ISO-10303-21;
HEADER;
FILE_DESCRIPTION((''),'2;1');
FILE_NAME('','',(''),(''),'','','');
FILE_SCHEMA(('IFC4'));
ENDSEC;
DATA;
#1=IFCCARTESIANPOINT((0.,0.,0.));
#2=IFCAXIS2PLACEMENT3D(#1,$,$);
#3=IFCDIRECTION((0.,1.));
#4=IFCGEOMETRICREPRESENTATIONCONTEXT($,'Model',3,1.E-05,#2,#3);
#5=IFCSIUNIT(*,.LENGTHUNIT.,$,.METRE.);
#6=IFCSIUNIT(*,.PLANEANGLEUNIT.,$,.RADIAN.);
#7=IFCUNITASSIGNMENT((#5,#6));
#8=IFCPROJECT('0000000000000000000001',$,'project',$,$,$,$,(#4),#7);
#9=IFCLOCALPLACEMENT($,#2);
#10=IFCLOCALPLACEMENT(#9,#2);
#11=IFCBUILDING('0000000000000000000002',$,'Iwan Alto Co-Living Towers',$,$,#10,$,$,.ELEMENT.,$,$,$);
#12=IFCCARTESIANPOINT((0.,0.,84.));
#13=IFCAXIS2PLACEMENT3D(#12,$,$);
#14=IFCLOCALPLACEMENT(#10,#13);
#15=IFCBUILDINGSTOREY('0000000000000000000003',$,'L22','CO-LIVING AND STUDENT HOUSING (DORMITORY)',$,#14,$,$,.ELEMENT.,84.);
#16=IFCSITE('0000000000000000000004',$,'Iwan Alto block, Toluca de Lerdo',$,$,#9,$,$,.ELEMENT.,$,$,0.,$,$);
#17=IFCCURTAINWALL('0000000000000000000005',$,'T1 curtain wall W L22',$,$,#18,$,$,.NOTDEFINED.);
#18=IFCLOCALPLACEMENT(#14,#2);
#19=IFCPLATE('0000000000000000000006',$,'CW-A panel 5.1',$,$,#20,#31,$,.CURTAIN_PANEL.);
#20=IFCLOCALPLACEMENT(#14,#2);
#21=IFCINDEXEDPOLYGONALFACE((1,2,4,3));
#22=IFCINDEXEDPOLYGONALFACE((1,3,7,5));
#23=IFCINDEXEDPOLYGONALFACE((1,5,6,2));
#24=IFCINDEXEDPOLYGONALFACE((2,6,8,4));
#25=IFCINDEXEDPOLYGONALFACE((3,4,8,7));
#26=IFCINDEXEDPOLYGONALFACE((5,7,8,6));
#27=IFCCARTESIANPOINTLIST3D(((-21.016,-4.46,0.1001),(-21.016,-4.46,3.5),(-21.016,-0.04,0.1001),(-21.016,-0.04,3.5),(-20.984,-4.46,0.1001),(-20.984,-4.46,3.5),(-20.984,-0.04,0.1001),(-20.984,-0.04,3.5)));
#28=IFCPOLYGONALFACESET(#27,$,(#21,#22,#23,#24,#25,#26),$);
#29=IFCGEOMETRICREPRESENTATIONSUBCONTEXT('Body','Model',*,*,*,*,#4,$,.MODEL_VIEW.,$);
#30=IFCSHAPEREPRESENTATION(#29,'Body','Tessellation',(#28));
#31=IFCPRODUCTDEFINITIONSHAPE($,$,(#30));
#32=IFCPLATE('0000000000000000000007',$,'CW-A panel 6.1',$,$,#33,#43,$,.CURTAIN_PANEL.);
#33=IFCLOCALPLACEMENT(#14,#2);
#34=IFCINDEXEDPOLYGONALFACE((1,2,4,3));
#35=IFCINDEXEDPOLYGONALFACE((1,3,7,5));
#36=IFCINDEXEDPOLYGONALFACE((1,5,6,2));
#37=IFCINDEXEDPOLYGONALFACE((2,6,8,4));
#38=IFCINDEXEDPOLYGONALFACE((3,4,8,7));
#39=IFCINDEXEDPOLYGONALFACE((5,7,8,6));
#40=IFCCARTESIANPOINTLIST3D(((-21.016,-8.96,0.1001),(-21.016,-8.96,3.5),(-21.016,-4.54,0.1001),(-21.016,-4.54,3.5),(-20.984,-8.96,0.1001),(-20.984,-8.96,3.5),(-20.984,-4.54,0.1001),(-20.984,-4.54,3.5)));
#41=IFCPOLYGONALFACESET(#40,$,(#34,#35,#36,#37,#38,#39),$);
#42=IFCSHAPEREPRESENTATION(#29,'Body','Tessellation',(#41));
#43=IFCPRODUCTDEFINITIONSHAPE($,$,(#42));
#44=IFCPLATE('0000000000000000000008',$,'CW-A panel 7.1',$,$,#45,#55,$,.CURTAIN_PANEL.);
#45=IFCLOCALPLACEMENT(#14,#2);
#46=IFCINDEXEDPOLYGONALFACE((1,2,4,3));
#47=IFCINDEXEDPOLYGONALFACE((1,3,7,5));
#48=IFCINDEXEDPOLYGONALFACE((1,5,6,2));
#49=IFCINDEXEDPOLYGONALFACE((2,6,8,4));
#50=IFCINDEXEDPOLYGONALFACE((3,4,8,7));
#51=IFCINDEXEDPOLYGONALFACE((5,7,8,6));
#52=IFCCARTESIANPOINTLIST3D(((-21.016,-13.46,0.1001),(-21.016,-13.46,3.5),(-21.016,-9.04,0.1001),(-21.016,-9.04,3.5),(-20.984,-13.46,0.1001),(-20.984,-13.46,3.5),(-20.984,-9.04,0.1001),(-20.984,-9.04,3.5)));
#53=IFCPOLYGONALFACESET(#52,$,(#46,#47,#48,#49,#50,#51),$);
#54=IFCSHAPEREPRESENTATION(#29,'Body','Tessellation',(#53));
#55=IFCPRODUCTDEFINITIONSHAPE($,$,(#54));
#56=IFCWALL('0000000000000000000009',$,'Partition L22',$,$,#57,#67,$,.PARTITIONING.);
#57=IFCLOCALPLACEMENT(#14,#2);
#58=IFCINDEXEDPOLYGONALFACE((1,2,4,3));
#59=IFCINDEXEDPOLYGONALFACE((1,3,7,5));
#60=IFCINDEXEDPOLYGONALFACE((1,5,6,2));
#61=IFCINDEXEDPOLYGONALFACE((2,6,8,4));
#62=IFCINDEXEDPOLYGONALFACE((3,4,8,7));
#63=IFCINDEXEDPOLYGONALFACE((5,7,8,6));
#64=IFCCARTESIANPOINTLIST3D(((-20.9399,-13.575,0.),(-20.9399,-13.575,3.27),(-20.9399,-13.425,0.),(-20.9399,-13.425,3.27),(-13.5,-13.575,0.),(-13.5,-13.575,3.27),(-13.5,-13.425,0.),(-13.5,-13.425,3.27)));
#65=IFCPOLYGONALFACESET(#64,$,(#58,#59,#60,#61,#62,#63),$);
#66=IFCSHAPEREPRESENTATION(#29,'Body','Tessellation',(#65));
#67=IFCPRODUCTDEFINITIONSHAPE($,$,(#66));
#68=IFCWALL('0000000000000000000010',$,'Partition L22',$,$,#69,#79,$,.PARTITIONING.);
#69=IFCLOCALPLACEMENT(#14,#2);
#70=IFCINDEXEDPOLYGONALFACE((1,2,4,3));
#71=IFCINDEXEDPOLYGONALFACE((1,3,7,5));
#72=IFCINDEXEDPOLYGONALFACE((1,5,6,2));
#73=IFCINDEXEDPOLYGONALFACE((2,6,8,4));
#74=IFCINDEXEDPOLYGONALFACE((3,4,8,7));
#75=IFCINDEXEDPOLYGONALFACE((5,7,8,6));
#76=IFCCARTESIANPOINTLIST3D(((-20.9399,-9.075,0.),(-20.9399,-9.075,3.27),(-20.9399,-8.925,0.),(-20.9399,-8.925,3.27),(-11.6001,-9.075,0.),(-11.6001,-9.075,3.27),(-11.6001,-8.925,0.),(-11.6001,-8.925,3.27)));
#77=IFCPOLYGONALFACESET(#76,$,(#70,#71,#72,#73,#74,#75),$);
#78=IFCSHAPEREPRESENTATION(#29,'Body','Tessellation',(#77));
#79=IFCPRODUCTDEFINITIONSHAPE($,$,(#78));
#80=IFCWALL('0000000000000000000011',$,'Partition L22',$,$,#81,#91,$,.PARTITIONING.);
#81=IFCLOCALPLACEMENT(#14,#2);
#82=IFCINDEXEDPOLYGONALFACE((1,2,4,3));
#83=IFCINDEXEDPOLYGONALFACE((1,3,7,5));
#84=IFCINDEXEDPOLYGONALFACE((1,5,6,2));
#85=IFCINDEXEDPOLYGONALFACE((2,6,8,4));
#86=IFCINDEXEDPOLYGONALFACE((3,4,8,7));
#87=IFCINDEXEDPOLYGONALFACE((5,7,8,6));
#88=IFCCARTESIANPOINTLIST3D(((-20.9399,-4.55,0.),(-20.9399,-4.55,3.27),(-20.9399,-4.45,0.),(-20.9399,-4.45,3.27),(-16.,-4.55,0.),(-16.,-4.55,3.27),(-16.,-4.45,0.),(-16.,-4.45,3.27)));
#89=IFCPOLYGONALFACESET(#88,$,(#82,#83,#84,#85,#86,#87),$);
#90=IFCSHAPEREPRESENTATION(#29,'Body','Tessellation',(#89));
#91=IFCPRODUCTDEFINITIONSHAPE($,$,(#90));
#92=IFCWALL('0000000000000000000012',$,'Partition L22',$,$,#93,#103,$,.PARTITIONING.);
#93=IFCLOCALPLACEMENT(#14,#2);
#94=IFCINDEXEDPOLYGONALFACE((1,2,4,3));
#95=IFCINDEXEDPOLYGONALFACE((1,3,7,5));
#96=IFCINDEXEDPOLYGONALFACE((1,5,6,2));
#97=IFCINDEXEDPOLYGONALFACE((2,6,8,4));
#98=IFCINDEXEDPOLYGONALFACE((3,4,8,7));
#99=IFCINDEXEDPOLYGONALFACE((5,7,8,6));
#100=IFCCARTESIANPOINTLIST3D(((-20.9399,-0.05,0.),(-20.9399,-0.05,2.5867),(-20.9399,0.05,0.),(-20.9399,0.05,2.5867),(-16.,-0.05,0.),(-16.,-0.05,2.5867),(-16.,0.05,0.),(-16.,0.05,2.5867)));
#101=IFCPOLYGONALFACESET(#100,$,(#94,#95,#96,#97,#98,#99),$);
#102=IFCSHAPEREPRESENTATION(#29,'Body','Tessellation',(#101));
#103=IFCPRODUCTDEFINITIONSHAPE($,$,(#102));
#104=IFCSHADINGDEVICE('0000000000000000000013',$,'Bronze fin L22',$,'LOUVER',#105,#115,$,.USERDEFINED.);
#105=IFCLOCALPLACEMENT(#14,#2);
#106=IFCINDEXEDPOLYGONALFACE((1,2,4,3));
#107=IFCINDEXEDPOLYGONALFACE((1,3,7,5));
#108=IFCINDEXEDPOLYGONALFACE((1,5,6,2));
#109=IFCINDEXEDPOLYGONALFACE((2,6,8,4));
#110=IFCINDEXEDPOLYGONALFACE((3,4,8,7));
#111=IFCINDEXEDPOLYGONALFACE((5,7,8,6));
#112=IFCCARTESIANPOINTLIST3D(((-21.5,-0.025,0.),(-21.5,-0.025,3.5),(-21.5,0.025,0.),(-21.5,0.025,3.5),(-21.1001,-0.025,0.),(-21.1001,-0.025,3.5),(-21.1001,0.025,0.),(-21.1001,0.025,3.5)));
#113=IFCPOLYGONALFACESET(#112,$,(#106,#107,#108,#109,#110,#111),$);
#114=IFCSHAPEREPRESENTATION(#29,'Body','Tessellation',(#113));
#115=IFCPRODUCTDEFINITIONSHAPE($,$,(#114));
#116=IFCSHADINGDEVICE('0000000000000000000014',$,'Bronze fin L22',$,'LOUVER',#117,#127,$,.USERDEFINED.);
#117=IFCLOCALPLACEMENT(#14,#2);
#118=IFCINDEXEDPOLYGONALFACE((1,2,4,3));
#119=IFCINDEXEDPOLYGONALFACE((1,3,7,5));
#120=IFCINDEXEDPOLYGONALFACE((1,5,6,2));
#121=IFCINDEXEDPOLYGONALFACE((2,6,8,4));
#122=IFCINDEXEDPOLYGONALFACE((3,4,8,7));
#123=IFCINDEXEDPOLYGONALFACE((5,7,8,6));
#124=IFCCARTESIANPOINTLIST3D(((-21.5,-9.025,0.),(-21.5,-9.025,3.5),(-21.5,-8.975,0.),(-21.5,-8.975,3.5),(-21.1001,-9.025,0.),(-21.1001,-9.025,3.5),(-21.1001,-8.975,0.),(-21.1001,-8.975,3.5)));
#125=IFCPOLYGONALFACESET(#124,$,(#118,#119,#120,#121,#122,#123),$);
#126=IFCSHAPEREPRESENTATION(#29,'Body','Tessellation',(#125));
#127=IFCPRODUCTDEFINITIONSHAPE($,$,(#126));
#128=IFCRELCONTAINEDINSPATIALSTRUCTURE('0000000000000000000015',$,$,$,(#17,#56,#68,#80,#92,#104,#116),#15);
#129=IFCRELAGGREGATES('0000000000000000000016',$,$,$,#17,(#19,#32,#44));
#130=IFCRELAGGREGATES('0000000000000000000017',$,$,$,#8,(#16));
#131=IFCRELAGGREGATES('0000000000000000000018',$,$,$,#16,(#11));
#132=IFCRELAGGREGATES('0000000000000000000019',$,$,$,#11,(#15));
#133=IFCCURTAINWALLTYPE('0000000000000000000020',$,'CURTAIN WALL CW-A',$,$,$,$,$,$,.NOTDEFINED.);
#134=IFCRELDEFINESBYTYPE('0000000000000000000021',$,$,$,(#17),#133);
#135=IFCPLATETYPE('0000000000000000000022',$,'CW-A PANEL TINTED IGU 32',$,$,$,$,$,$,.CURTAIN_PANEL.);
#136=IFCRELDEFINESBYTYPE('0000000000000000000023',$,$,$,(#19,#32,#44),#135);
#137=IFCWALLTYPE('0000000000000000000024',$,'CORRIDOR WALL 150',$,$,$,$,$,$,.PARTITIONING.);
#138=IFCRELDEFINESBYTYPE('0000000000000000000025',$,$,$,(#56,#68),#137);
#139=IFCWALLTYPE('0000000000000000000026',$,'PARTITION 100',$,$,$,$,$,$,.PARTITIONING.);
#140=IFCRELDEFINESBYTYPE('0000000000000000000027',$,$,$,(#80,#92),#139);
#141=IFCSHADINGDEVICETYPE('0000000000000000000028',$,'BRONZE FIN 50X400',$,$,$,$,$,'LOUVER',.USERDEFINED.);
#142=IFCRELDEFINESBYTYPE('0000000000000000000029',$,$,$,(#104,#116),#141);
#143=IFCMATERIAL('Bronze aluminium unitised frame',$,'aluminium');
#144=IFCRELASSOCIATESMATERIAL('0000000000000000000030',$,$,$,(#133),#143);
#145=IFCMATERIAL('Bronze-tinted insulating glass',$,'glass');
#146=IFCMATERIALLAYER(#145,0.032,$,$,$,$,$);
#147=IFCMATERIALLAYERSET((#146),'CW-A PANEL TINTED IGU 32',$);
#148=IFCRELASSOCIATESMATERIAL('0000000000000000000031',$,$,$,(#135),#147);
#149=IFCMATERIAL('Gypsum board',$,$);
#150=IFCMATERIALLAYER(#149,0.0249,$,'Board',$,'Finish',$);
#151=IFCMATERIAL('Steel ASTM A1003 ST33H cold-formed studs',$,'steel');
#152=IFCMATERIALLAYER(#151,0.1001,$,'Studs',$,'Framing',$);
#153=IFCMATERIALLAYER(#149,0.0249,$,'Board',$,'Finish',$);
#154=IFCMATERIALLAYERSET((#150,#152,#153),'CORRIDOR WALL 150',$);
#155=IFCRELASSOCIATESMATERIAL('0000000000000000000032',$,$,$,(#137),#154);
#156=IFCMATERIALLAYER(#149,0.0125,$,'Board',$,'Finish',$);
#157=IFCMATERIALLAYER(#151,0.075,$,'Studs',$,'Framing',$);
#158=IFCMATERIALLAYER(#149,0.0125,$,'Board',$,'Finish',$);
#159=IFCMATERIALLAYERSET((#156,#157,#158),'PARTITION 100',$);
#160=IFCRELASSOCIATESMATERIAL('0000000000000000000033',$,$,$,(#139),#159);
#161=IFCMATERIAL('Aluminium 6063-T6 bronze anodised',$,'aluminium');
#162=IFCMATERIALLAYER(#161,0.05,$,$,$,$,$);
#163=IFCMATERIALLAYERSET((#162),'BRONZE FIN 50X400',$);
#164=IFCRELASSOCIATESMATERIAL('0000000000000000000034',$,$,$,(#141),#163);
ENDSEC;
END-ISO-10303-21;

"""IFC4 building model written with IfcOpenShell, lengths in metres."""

from ifc_helpers import new_model, si_unit, direction, frame, frame_2d, origin, origin_2d, place, context, subcontext, project, spatial, rectangle, extrude, material, layer, layer_set, type_object, element, aggregate, save


model = new_model("IFC4")

# Units and contexts
model_context = context("Model", 3, precision=1e-05, world=origin(), true_north=direction((0.0, 1.0)))
body_context = subcontext(model_context, "Body", "Model", "MODEL_VIEW")
ifc_project = project(units=[si_unit("LENGTHUNIT", "METRE"), si_unit("PLANEANGLEUNIT", "RADIAN")], contexts=[model_context])

# Site, building, storey
site_placement = place(None, origin())
site = spatial("IfcSite", under=ifc_project, at=site_placement, Name="Iwan Alto block, Toluca de Lerdo", CompositionType="ELEMENT", RefElevation=0.0)
building_placement = place(site_placement, origin())
building = spatial("IfcBuilding", under=site, at=building_placement, Name="Iwan Alto Co-Living Towers", CompositionType="ELEMENT")
storey_placement = place(building_placement, frame((0.0, 0.0, 84.0)))
storey = spatial("IfcBuildingStorey", under=building, at=storey_placement, Name="L22", Description="CO-LIVING AND STUDENT HOUSING (DORMITORY)", CompositionType="ELEMENT", Elevation=84.0)

# Curtain wall
ifc_material_1 = material(Name="Bronze aluminium unitised frame", Category="aluminium")
curtain_wall_type = type_object("IfcCurtainWallType", Name="CURTAIN WALL CW-A", PredefinedType="NOTDEFINED", material=ifc_material_1)
curtain_wall_placement = place(storey_placement, origin())
curtain_wall = element("IfcCurtainWall", 1, at=curtain_wall_placement, inside=storey, type_object=curtain_wall_type, Name="T1 curtain wall W L22", PredefinedType="NOTDEFINED")

# Plates
ifc_material_2 = material(Name="Bronze-tinted insulating glass", Category="glass")
ifc_layer_1 = layer(ifc_material_2, 0.032)
ifc_layer_set_1 = layer_set([ifc_layer_1], Name="CW-A PANEL TINTED IGU 32")
plate_type = type_object("IfcPlateType", Name="CW-A PANEL TINTED IGU 32", PredefinedType="CURTAIN_PANEL", material=ifc_layer_set_1)
plate_1_placement = place(storey_placement, frame((-21.0, -2.25, 0.1001), z_axis=(0.0, 0.0, 1.0), x_axis=(0.0, -1.0, 0.0)))
plate_1 = element("IfcPlate", 2, at=plate_1_placement, type_object=plate_type, Name="CW-A panel 5.1", PredefinedType="CURTAIN_PANEL", context=body_context, shape_type="SweptSolid", body=[
    extrude(rectangle(XDim=4.4199, YDim=0.032, at=origin_2d()), origin(), (0.0, 0.0, 1.0), 3.3999),
])
plate_2_placement = place(storey_placement, frame((-21.0, -6.75, 0.1001), z_axis=(0.0, 0.0, 1.0), x_axis=(0.0, -1.0, 0.0)))
plate_2 = element("IfcPlate", 3, at=plate_2_placement, type_object=plate_type, Name="CW-A panel 6.1", PredefinedType="CURTAIN_PANEL", context=body_context, shape_type="SweptSolid", body=[
    extrude(rectangle(XDim=4.4199, YDim=0.032, at=origin_2d()), origin(), (0.0, 0.0, 1.0), 3.3999),
])
plate_3_placement = place(storey_placement, frame((-21.0, -11.25, 0.1001), z_axis=(0.0, 0.0, 1.0), x_axis=(0.0, -1.0, 0.0)))
plate_3 = element("IfcPlate", 4, at=plate_3_placement, type_object=plate_type, Name="CW-A panel 7.1", PredefinedType="CURTAIN_PANEL", context=body_context, shape_type="SweptSolid", body=[
    extrude(rectangle(XDim=4.4199, YDim=0.032, at=origin_2d()), origin(), (0.0, 0.0, 1.0), 3.3999),
])
aggregate(curtain_wall, [plate_1, plate_2, plate_3])

# Walls
ifc_material_3 = material(Name="Gypsum board")
ifc_layer_2 = layer(ifc_material_3, 0.0249, Name="Board", Category="Finish")
ifc_material_4 = material(Name="Steel ASTM A1003 ST33H cold-formed studs", Category="steel")
ifc_layer_3 = layer(ifc_material_4, 0.1001, Name="Studs", Category="Framing")
ifc_layer_4 = layer(ifc_material_3, 0.0249, Name="Board", Category="Finish")
ifc_layer_set_2 = layer_set([ifc_layer_2, ifc_layer_3, ifc_layer_4], Name="CORRIDOR WALL 150")
wall_type_1 = type_object("IfcWallType", Name="CORRIDOR WALL 150", PredefinedType="PARTITIONING", material=ifc_layer_set_2)
wall_1_placement = place(storey_placement, frame((-20.9399, -13.5, 0.0), z_axis=(0.0, 0.0, 1.0), x_axis=(1.0, 0.0, 0.0)))
element("IfcWall", 5, at=wall_1_placement, inside=storey, type_object=wall_type_1, Name="Partition L22", PredefinedType="PARTITIONING", context=body_context, shape_type="SweptSolid", body=[
    extrude(rectangle(XDim=7.4399, YDim=0.1499, at=frame_2d((3.72, 0.0))), origin(), (0.0, 0.0, 1.0), 3.27),
])
wall_2_placement = place(storey_placement, frame((-20.9399, -9.0, 0.0), z_axis=(0.0, 0.0, 1.0), x_axis=(1.0, 0.0, 0.0)))
element("IfcWall", 6, at=wall_2_placement, inside=storey, type_object=wall_type_1, Name="Partition L22", PredefinedType="PARTITIONING", context=body_context, shape_type="SweptSolid", body=[
    extrude(rectangle(XDim=9.3398, YDim=0.1499, at=frame_2d((4.6699, 0.0))), origin(), (0.0, 0.0, 1.0), 3.27),
])
ifc_layer_5 = layer(ifc_material_3, 0.0125, Name="Board", Category="Finish")
ifc_layer_6 = layer(ifc_material_4, 0.075, Name="Studs", Category="Framing")
ifc_layer_7 = layer(ifc_material_3, 0.0125, Name="Board", Category="Finish")
ifc_layer_set_3 = layer_set([ifc_layer_5, ifc_layer_6, ifc_layer_7], Name="PARTITION 100")
wall_type_2 = type_object("IfcWallType", Name="PARTITION 100", PredefinedType="PARTITIONING", material=ifc_layer_set_3)
wall_3_placement = place(storey_placement, frame((-20.9399, -4.5, 0.0), z_axis=(0.0, 0.0, 1.0), x_axis=(1.0, 0.0, 0.0)))
element("IfcWall", 7, at=wall_3_placement, inside=storey, type_object=wall_type_2, Name="Partition L22", PredefinedType="PARTITIONING", context=body_context, shape_type="SweptSolid", body=[
    extrude(rectangle(XDim=4.9399, YDim=0.1001, at=frame_2d((2.47, 0.0))), origin(), (0.0, 0.0, 1.0), 3.27),
])
wall_4_placement = place(storey_placement, frame((-20.9399, 0.0, 0.0), z_axis=(0.0, 0.0, 1.0), x_axis=(1.0, 0.0, 0.0)))
element("IfcWall", 8, at=wall_4_placement, inside=storey, type_object=wall_type_2, Name="Partition L22", PredefinedType="PARTITIONING", context=body_context, shape_type="SweptSolid", body=[
    extrude(rectangle(XDim=4.9399, YDim=0.1001, at=frame_2d((2.47, 0.0))), origin(), (0.0, 0.0, 1.0), 2.5867),
])

# Shading devices
ifc_material_5 = material(Name="Aluminium 6063-T6 bronze anodised", Category="aluminium")
ifc_layer_8 = layer(ifc_material_5, 0.05)
ifc_layer_set_4 = layer_set([ifc_layer_8], Name="BRONZE FIN 50X400")
shading_device_type = type_object("IfcShadingDeviceType", Name="BRONZE FIN 50X400", ElementType="LOUVER", PredefinedType="USERDEFINED", material=ifc_layer_set_4)
for number, where, z_axis, x_axis, name in (
    (9, (-21.3, 0.0, 0.0), (0.0, 0.0, 1.0), (0.0, -1.0, 0.0), "Bronze fin L22"),
    (10, (-21.3, -9.0, 0.0), (0.0, 0.0, 1.0), (0.0, -1.0, 0.0), "Bronze fin L22"),
):
    element("IfcShadingDevice", number, at=place(storey_placement, frame(where, z_axis=z_axis, x_axis=x_axis)), inside=storey, type_object=shading_device_type, Name=name, ObjectType="LOUVER", PredefinedType="USERDEFINED", context=body_context, shape_type="SweptSolid", body=[
        extrude(rectangle(XDim=0.05, YDim=0.3999, at=origin_2d()), origin(), (0.0, 0.0, 1.0), 3.5),
    ])

save(model, "model.ifc")
